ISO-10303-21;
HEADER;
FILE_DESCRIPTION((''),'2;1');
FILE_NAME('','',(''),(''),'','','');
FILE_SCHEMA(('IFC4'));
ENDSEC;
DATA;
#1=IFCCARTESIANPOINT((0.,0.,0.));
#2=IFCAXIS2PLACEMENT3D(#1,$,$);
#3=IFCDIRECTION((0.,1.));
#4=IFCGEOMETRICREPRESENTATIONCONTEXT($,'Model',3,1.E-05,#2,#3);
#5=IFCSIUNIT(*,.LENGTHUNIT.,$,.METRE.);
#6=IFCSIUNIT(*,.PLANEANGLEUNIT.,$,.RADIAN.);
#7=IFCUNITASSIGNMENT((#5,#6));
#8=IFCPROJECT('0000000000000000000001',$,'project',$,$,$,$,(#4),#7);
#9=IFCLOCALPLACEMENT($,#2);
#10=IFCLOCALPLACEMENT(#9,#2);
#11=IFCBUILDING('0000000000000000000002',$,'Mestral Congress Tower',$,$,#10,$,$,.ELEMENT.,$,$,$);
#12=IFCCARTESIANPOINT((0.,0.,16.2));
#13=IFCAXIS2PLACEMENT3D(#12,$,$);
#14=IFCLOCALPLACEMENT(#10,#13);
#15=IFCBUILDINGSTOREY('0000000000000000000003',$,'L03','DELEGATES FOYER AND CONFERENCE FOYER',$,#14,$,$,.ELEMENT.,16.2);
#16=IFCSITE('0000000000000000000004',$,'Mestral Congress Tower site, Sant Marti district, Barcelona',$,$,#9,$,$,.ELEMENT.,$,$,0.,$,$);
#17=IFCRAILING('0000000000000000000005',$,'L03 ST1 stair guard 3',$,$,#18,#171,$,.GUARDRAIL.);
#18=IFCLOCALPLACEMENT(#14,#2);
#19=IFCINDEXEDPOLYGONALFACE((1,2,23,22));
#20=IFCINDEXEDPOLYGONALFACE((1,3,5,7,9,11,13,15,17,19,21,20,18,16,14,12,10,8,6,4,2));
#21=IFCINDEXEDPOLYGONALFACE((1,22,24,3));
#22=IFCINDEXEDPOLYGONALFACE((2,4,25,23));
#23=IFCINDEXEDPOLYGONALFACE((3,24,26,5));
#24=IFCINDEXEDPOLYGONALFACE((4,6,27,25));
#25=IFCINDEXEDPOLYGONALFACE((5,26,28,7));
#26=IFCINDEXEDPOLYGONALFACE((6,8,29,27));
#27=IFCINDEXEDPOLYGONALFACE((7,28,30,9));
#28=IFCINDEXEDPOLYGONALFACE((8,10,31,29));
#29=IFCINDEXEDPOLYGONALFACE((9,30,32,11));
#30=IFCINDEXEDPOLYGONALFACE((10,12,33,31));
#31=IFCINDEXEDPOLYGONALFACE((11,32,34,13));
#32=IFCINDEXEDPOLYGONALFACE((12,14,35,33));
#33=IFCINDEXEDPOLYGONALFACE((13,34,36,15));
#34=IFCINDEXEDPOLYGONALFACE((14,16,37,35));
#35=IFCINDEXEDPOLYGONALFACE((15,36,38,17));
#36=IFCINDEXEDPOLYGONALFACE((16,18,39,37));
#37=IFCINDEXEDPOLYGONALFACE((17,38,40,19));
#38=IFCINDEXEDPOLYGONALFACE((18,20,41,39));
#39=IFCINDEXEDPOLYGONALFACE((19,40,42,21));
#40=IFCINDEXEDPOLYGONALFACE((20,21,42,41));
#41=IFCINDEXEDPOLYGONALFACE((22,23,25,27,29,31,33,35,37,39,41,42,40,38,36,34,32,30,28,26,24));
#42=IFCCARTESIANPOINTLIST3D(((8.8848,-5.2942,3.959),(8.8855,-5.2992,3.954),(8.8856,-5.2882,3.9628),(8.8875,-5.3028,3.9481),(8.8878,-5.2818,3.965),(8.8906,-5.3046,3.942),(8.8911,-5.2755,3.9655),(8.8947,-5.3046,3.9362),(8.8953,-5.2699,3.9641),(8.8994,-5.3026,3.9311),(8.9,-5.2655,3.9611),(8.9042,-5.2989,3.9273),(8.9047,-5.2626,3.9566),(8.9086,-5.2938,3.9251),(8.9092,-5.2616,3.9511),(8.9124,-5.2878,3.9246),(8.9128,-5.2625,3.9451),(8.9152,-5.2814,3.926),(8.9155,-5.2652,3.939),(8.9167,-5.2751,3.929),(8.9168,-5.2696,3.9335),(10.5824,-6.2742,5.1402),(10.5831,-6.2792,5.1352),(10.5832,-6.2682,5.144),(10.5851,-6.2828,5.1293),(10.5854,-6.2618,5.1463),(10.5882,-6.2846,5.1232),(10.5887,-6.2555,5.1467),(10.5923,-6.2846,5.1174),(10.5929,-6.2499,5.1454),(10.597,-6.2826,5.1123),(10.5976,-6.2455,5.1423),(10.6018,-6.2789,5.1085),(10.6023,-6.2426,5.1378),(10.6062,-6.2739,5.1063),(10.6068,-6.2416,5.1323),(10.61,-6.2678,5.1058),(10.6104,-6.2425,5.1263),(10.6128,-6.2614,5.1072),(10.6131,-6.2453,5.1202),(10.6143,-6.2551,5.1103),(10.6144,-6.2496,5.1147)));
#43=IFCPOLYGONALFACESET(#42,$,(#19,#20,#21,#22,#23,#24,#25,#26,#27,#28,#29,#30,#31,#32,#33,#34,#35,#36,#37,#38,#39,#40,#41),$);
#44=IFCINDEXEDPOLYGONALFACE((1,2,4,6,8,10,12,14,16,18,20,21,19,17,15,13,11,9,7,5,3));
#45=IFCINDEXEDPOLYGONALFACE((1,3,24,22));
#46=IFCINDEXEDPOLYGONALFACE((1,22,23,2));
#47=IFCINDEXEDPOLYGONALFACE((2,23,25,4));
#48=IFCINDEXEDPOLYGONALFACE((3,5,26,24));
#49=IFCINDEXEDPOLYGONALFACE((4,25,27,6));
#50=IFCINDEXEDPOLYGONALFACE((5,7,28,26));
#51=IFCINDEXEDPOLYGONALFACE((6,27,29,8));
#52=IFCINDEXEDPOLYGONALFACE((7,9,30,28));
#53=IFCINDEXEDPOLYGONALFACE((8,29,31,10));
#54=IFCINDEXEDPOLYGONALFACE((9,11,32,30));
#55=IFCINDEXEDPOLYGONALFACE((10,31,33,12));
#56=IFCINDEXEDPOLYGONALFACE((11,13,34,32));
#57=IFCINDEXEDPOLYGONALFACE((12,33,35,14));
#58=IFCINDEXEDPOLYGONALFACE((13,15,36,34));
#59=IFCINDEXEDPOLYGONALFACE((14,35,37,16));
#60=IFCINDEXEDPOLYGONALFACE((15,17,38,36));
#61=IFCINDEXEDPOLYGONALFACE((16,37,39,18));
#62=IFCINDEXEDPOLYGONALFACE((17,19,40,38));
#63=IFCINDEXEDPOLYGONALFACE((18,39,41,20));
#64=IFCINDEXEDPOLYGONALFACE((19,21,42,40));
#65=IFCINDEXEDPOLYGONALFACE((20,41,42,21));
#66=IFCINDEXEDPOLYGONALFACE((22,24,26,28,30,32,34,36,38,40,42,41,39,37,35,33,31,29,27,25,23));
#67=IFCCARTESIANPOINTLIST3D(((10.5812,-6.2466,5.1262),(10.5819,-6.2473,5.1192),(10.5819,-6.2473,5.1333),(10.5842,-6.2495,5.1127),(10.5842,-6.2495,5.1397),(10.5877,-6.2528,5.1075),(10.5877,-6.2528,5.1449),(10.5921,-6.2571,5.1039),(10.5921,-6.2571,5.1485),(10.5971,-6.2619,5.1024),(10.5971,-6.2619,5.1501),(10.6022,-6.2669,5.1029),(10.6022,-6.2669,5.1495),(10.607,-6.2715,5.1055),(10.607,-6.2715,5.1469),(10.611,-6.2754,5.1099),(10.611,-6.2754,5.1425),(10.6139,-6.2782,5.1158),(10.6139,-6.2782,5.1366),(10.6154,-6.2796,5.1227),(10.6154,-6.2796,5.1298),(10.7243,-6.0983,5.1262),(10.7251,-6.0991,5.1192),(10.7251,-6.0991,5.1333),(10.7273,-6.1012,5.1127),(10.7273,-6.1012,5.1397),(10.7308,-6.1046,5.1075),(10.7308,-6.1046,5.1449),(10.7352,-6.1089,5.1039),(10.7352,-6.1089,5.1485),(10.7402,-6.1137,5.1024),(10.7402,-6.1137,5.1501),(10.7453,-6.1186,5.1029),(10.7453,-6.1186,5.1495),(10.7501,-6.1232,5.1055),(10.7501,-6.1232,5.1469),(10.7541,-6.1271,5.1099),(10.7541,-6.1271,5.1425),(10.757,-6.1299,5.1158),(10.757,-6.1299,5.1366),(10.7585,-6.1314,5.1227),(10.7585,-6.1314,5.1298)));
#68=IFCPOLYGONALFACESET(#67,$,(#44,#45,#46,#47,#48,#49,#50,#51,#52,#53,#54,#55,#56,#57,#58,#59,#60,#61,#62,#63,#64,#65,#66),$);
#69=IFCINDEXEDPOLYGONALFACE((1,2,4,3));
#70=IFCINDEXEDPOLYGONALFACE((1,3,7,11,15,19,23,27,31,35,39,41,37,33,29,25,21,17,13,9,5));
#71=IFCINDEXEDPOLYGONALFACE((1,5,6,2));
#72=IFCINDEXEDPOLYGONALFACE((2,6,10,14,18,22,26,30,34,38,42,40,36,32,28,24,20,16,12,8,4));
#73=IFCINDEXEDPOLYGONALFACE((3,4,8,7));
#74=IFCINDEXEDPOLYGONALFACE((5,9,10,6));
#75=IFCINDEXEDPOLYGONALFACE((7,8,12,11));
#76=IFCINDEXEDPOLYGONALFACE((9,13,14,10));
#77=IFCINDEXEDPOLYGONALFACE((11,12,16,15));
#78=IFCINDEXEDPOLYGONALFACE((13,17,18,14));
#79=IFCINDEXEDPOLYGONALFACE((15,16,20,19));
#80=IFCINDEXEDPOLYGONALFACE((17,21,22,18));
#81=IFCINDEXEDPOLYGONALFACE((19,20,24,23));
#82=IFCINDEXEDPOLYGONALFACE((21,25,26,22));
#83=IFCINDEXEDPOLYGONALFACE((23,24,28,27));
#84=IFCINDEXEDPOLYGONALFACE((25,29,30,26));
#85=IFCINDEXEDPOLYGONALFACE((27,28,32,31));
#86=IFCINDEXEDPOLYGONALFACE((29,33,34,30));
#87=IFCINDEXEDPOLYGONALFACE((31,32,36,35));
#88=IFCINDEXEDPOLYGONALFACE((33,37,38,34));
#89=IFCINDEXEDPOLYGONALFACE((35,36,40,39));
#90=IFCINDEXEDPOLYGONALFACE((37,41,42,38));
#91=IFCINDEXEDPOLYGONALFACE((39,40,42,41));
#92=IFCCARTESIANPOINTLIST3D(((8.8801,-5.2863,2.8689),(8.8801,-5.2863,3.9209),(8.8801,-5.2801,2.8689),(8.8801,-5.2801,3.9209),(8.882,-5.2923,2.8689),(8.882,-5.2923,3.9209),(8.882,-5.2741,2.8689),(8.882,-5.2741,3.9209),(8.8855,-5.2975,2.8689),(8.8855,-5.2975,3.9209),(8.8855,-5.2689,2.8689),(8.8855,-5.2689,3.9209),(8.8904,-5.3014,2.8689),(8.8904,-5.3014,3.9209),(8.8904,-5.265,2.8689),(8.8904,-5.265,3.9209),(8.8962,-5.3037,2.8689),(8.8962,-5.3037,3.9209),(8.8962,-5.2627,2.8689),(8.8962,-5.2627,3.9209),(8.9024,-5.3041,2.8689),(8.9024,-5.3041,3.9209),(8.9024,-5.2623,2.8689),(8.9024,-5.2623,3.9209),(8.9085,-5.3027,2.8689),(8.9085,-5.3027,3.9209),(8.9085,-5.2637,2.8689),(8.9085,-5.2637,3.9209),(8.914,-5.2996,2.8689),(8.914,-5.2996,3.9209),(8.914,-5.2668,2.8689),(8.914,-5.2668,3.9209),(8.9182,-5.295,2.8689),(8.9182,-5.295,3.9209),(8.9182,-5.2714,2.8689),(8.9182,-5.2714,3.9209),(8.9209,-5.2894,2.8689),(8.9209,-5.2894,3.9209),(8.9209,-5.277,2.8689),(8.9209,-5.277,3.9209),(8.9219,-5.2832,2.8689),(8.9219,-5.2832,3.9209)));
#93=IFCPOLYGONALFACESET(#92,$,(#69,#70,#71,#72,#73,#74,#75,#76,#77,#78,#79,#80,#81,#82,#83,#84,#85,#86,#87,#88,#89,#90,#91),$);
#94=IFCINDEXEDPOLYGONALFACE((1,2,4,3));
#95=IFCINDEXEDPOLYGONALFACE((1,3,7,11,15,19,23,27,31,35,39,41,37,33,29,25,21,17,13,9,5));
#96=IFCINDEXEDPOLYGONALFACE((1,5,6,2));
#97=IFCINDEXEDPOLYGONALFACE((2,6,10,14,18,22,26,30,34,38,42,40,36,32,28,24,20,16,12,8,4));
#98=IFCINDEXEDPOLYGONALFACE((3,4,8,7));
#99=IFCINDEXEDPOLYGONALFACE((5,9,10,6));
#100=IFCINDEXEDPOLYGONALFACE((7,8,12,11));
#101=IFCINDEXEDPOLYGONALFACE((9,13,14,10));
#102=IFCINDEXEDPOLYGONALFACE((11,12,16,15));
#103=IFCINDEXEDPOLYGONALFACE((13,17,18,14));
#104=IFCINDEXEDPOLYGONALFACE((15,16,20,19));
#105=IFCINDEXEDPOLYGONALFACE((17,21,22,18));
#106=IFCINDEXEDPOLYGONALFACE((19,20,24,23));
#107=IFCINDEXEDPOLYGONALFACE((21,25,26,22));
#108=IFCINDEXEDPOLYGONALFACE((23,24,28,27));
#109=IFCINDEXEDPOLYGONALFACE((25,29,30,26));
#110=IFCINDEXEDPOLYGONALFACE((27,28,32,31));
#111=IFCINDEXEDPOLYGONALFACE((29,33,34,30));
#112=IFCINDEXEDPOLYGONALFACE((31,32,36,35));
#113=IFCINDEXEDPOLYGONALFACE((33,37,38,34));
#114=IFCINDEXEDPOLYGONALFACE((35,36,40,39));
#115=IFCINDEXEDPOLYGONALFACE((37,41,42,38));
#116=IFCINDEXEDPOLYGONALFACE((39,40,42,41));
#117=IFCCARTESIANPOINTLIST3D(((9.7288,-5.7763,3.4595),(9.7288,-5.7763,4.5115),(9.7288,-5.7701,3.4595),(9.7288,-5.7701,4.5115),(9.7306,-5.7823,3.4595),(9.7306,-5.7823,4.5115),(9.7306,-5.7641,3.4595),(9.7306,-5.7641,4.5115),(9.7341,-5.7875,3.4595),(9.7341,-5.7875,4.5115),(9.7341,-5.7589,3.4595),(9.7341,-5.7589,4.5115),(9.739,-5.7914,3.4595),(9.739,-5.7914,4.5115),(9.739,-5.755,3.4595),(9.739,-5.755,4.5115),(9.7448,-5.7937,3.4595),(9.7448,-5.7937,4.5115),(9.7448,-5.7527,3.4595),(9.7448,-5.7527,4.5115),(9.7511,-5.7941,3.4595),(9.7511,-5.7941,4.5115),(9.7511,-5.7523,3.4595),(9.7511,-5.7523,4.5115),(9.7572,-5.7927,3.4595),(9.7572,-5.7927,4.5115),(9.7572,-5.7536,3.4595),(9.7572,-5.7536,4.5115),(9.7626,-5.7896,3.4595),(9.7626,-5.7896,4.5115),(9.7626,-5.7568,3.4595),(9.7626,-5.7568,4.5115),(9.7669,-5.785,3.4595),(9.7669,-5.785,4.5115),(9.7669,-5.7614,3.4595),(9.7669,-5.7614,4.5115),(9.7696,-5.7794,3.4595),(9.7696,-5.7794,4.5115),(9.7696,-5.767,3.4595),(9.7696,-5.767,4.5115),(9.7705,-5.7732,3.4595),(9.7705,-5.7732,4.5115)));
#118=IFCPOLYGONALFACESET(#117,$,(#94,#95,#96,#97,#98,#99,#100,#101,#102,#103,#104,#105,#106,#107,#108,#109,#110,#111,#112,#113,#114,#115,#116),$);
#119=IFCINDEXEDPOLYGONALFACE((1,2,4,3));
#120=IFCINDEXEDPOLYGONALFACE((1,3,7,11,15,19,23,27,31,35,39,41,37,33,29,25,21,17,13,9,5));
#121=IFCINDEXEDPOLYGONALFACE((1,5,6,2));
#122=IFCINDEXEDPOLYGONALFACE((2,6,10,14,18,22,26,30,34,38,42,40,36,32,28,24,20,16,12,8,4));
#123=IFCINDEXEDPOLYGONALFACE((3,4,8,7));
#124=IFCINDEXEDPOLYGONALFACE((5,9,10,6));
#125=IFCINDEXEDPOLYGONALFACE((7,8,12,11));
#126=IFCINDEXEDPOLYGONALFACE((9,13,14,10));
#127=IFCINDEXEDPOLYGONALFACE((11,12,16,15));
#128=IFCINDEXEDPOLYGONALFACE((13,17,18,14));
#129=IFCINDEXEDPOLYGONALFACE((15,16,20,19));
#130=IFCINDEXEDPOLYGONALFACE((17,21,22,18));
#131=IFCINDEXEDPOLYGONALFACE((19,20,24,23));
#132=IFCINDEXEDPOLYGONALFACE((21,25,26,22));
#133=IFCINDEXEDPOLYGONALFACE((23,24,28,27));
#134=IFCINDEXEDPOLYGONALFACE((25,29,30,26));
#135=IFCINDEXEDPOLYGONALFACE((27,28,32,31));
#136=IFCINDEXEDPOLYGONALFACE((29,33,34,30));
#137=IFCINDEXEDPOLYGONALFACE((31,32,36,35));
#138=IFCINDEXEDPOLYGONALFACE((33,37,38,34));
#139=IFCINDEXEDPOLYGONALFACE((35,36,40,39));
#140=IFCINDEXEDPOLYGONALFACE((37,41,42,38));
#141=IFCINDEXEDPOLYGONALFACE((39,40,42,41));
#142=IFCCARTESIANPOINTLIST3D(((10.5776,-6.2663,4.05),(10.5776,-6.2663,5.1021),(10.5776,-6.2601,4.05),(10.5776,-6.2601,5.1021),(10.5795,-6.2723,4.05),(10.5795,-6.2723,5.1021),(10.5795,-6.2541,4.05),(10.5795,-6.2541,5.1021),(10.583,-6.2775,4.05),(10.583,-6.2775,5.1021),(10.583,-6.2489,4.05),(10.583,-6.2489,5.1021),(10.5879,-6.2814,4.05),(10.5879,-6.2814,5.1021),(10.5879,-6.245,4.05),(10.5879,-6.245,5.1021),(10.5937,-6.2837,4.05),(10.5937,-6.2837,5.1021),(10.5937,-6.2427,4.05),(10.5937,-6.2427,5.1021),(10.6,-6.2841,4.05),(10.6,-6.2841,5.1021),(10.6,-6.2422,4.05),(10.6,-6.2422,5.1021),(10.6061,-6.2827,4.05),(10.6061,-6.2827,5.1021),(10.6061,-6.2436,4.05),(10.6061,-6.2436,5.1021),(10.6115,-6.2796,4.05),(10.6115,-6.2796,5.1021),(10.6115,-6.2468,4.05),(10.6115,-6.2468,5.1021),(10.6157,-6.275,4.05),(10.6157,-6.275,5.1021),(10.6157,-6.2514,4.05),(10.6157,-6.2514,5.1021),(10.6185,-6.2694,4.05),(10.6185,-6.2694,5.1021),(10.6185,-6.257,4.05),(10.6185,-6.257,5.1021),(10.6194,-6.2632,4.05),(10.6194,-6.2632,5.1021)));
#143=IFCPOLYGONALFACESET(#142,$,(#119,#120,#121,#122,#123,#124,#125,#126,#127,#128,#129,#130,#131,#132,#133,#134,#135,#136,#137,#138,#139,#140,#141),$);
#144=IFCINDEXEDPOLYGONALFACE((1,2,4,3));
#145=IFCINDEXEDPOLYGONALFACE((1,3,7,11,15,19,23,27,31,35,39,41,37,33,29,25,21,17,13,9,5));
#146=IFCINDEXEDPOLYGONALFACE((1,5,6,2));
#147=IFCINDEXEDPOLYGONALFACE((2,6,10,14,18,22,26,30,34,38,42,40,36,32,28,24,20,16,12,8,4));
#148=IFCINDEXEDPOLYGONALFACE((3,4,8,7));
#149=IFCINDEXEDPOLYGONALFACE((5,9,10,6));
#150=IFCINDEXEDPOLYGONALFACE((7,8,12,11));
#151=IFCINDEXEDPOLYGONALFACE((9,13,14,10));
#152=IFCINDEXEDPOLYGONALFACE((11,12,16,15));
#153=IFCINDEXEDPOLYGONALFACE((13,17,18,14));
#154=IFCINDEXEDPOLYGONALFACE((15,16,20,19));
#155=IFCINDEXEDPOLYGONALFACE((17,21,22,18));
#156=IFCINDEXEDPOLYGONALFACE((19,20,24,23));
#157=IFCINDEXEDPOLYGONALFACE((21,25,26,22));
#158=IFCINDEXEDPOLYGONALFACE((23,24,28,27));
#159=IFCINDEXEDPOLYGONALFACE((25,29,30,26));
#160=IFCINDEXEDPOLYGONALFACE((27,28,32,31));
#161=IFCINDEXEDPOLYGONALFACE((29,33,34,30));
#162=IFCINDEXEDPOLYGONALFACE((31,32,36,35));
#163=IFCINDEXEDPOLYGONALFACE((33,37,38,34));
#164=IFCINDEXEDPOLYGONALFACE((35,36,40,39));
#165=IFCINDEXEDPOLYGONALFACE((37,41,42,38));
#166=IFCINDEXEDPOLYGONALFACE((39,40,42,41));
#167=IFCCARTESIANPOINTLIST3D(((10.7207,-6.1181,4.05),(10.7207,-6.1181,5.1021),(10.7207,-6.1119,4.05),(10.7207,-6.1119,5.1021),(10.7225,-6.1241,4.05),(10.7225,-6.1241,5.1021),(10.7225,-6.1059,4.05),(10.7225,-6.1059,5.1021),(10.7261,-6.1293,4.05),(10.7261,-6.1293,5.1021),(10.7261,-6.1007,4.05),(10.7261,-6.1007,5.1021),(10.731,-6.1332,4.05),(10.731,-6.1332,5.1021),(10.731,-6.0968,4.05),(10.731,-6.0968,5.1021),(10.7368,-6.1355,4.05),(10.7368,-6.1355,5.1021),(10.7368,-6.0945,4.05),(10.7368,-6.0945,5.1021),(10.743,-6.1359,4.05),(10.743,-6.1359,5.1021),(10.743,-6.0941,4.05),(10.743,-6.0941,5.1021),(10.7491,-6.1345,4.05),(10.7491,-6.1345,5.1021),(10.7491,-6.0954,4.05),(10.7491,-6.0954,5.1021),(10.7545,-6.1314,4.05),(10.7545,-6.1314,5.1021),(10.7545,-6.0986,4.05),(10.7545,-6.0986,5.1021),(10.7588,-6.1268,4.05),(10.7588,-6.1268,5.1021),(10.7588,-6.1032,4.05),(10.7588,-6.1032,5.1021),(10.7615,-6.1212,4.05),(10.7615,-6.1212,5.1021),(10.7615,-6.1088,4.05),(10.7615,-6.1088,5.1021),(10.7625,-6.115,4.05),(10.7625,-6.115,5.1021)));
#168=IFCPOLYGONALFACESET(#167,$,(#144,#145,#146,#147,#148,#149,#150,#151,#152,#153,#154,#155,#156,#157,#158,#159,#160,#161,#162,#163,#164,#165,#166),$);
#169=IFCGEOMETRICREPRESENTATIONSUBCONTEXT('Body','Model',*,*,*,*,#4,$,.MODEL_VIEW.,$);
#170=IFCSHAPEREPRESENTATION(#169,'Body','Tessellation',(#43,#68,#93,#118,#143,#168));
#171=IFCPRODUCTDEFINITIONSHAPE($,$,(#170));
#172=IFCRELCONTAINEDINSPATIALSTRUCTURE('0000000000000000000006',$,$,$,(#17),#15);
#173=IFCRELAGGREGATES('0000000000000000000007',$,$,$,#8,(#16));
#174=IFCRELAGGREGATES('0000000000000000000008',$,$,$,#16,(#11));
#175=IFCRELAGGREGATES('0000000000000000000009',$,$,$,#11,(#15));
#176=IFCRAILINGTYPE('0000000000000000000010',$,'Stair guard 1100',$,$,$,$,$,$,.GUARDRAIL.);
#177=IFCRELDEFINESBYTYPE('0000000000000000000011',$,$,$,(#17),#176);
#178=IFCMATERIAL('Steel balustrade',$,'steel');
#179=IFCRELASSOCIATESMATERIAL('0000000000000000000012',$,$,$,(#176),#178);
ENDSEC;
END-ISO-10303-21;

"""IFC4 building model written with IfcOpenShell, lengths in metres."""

from ifc_helpers import new_model, si_unit, direction, frame, origin, origin_2d, place, context, subcontext, project, spatial, circle, extrude, material, type_object, element, save


model = new_model("IFC4")

# Units and contexts
model_context = context("Model", 3, precision=1e-05, world=origin(), true_north=direction((0.0, 1.0)))
body_context = subcontext(model_context, "Body", "Model", "MODEL_VIEW")
ifc_project = project(units=[si_unit("LENGTHUNIT", "METRE"), si_unit("PLANEANGLEUNIT", "RADIAN")], contexts=[model_context])

# Site, building, storey
site_placement = place(None, origin())
site = spatial("IfcSite", under=ifc_project, at=site_placement, Name="Mestral Congress Tower site, Sant Marti district, Barcelona", CompositionType="ELEMENT", RefElevation=0.0)
building_placement = place(site_placement, origin())
building = spatial("IfcBuilding", under=site, at=building_placement, Name="Mestral Congress Tower", CompositionType="ELEMENT")
storey_placement = place(building_placement, frame((0.0, 0.0, 16.2)))
storey = spatial("IfcBuildingStorey", under=building, at=storey_placement, Name="L03", Description="DELEGATES FOYER AND CONFERENCE FOYER", CompositionType="ELEMENT", Elevation=16.2)

# Railing
ifc_material_1 = material(Name="Steel balustrade", Category="steel")
railing_type = type_object("IfcRailingType", Name="Stair guard 1100", PredefinedType="GUARDRAIL", material=ifc_material_1)
railing_1_placement = place(storey_placement, frame((8.9009, -5.2832, 2.8689)))
element("IfcRailing", 1, at=railing_1_placement, inside=storey, type_object=railing_type, Name="L03 ST1 stair guard 3", PredefinedType="GUARDRAIL", context=body_context, shape_type="SweptSolid", body=[
    extrude(circle(Radius=0.0239, at=origin_2d()), frame((0.0, 0.0, 1.0762), z_axis=(0.741771, -0.428228, 0.516135), x_axis=(0.49997, 0.866042, 0.0)), (0.0, 0.0, 1.0), 2.2886),
    extrude(circle(Radius=0.0239, at=origin_2d()), frame((1.6975, -0.98, 2.2573), z_axis=(0.694552, 0.719442, 0.0), x_axis=(-0.719442, 0.694552, 0.0)), (0.0, 0.0, 1.0), 0.2061),
    extrude(circle(Radius=0.021, at=origin_2d()), origin(), (0.0, 0.0, 1.0), 1.052),
    extrude(circle(Radius=0.021, at=origin_2d()), frame((0.8486, -0.49, 0.5906)), (0.0, 0.0, 1.0), 1.052),
    extrude(circle(Radius=0.021, at=origin_2d()), frame((1.6975, -0.98, 1.1812)), (0.0, 0.0, 1.0), 1.052),
    extrude(circle(Radius=0.021, at=origin_2d()), frame((1.8406, -0.8318, 1.1812)), (0.0, 0.0, 1.0), 1.052),
])

save(model, "model.ifc")
